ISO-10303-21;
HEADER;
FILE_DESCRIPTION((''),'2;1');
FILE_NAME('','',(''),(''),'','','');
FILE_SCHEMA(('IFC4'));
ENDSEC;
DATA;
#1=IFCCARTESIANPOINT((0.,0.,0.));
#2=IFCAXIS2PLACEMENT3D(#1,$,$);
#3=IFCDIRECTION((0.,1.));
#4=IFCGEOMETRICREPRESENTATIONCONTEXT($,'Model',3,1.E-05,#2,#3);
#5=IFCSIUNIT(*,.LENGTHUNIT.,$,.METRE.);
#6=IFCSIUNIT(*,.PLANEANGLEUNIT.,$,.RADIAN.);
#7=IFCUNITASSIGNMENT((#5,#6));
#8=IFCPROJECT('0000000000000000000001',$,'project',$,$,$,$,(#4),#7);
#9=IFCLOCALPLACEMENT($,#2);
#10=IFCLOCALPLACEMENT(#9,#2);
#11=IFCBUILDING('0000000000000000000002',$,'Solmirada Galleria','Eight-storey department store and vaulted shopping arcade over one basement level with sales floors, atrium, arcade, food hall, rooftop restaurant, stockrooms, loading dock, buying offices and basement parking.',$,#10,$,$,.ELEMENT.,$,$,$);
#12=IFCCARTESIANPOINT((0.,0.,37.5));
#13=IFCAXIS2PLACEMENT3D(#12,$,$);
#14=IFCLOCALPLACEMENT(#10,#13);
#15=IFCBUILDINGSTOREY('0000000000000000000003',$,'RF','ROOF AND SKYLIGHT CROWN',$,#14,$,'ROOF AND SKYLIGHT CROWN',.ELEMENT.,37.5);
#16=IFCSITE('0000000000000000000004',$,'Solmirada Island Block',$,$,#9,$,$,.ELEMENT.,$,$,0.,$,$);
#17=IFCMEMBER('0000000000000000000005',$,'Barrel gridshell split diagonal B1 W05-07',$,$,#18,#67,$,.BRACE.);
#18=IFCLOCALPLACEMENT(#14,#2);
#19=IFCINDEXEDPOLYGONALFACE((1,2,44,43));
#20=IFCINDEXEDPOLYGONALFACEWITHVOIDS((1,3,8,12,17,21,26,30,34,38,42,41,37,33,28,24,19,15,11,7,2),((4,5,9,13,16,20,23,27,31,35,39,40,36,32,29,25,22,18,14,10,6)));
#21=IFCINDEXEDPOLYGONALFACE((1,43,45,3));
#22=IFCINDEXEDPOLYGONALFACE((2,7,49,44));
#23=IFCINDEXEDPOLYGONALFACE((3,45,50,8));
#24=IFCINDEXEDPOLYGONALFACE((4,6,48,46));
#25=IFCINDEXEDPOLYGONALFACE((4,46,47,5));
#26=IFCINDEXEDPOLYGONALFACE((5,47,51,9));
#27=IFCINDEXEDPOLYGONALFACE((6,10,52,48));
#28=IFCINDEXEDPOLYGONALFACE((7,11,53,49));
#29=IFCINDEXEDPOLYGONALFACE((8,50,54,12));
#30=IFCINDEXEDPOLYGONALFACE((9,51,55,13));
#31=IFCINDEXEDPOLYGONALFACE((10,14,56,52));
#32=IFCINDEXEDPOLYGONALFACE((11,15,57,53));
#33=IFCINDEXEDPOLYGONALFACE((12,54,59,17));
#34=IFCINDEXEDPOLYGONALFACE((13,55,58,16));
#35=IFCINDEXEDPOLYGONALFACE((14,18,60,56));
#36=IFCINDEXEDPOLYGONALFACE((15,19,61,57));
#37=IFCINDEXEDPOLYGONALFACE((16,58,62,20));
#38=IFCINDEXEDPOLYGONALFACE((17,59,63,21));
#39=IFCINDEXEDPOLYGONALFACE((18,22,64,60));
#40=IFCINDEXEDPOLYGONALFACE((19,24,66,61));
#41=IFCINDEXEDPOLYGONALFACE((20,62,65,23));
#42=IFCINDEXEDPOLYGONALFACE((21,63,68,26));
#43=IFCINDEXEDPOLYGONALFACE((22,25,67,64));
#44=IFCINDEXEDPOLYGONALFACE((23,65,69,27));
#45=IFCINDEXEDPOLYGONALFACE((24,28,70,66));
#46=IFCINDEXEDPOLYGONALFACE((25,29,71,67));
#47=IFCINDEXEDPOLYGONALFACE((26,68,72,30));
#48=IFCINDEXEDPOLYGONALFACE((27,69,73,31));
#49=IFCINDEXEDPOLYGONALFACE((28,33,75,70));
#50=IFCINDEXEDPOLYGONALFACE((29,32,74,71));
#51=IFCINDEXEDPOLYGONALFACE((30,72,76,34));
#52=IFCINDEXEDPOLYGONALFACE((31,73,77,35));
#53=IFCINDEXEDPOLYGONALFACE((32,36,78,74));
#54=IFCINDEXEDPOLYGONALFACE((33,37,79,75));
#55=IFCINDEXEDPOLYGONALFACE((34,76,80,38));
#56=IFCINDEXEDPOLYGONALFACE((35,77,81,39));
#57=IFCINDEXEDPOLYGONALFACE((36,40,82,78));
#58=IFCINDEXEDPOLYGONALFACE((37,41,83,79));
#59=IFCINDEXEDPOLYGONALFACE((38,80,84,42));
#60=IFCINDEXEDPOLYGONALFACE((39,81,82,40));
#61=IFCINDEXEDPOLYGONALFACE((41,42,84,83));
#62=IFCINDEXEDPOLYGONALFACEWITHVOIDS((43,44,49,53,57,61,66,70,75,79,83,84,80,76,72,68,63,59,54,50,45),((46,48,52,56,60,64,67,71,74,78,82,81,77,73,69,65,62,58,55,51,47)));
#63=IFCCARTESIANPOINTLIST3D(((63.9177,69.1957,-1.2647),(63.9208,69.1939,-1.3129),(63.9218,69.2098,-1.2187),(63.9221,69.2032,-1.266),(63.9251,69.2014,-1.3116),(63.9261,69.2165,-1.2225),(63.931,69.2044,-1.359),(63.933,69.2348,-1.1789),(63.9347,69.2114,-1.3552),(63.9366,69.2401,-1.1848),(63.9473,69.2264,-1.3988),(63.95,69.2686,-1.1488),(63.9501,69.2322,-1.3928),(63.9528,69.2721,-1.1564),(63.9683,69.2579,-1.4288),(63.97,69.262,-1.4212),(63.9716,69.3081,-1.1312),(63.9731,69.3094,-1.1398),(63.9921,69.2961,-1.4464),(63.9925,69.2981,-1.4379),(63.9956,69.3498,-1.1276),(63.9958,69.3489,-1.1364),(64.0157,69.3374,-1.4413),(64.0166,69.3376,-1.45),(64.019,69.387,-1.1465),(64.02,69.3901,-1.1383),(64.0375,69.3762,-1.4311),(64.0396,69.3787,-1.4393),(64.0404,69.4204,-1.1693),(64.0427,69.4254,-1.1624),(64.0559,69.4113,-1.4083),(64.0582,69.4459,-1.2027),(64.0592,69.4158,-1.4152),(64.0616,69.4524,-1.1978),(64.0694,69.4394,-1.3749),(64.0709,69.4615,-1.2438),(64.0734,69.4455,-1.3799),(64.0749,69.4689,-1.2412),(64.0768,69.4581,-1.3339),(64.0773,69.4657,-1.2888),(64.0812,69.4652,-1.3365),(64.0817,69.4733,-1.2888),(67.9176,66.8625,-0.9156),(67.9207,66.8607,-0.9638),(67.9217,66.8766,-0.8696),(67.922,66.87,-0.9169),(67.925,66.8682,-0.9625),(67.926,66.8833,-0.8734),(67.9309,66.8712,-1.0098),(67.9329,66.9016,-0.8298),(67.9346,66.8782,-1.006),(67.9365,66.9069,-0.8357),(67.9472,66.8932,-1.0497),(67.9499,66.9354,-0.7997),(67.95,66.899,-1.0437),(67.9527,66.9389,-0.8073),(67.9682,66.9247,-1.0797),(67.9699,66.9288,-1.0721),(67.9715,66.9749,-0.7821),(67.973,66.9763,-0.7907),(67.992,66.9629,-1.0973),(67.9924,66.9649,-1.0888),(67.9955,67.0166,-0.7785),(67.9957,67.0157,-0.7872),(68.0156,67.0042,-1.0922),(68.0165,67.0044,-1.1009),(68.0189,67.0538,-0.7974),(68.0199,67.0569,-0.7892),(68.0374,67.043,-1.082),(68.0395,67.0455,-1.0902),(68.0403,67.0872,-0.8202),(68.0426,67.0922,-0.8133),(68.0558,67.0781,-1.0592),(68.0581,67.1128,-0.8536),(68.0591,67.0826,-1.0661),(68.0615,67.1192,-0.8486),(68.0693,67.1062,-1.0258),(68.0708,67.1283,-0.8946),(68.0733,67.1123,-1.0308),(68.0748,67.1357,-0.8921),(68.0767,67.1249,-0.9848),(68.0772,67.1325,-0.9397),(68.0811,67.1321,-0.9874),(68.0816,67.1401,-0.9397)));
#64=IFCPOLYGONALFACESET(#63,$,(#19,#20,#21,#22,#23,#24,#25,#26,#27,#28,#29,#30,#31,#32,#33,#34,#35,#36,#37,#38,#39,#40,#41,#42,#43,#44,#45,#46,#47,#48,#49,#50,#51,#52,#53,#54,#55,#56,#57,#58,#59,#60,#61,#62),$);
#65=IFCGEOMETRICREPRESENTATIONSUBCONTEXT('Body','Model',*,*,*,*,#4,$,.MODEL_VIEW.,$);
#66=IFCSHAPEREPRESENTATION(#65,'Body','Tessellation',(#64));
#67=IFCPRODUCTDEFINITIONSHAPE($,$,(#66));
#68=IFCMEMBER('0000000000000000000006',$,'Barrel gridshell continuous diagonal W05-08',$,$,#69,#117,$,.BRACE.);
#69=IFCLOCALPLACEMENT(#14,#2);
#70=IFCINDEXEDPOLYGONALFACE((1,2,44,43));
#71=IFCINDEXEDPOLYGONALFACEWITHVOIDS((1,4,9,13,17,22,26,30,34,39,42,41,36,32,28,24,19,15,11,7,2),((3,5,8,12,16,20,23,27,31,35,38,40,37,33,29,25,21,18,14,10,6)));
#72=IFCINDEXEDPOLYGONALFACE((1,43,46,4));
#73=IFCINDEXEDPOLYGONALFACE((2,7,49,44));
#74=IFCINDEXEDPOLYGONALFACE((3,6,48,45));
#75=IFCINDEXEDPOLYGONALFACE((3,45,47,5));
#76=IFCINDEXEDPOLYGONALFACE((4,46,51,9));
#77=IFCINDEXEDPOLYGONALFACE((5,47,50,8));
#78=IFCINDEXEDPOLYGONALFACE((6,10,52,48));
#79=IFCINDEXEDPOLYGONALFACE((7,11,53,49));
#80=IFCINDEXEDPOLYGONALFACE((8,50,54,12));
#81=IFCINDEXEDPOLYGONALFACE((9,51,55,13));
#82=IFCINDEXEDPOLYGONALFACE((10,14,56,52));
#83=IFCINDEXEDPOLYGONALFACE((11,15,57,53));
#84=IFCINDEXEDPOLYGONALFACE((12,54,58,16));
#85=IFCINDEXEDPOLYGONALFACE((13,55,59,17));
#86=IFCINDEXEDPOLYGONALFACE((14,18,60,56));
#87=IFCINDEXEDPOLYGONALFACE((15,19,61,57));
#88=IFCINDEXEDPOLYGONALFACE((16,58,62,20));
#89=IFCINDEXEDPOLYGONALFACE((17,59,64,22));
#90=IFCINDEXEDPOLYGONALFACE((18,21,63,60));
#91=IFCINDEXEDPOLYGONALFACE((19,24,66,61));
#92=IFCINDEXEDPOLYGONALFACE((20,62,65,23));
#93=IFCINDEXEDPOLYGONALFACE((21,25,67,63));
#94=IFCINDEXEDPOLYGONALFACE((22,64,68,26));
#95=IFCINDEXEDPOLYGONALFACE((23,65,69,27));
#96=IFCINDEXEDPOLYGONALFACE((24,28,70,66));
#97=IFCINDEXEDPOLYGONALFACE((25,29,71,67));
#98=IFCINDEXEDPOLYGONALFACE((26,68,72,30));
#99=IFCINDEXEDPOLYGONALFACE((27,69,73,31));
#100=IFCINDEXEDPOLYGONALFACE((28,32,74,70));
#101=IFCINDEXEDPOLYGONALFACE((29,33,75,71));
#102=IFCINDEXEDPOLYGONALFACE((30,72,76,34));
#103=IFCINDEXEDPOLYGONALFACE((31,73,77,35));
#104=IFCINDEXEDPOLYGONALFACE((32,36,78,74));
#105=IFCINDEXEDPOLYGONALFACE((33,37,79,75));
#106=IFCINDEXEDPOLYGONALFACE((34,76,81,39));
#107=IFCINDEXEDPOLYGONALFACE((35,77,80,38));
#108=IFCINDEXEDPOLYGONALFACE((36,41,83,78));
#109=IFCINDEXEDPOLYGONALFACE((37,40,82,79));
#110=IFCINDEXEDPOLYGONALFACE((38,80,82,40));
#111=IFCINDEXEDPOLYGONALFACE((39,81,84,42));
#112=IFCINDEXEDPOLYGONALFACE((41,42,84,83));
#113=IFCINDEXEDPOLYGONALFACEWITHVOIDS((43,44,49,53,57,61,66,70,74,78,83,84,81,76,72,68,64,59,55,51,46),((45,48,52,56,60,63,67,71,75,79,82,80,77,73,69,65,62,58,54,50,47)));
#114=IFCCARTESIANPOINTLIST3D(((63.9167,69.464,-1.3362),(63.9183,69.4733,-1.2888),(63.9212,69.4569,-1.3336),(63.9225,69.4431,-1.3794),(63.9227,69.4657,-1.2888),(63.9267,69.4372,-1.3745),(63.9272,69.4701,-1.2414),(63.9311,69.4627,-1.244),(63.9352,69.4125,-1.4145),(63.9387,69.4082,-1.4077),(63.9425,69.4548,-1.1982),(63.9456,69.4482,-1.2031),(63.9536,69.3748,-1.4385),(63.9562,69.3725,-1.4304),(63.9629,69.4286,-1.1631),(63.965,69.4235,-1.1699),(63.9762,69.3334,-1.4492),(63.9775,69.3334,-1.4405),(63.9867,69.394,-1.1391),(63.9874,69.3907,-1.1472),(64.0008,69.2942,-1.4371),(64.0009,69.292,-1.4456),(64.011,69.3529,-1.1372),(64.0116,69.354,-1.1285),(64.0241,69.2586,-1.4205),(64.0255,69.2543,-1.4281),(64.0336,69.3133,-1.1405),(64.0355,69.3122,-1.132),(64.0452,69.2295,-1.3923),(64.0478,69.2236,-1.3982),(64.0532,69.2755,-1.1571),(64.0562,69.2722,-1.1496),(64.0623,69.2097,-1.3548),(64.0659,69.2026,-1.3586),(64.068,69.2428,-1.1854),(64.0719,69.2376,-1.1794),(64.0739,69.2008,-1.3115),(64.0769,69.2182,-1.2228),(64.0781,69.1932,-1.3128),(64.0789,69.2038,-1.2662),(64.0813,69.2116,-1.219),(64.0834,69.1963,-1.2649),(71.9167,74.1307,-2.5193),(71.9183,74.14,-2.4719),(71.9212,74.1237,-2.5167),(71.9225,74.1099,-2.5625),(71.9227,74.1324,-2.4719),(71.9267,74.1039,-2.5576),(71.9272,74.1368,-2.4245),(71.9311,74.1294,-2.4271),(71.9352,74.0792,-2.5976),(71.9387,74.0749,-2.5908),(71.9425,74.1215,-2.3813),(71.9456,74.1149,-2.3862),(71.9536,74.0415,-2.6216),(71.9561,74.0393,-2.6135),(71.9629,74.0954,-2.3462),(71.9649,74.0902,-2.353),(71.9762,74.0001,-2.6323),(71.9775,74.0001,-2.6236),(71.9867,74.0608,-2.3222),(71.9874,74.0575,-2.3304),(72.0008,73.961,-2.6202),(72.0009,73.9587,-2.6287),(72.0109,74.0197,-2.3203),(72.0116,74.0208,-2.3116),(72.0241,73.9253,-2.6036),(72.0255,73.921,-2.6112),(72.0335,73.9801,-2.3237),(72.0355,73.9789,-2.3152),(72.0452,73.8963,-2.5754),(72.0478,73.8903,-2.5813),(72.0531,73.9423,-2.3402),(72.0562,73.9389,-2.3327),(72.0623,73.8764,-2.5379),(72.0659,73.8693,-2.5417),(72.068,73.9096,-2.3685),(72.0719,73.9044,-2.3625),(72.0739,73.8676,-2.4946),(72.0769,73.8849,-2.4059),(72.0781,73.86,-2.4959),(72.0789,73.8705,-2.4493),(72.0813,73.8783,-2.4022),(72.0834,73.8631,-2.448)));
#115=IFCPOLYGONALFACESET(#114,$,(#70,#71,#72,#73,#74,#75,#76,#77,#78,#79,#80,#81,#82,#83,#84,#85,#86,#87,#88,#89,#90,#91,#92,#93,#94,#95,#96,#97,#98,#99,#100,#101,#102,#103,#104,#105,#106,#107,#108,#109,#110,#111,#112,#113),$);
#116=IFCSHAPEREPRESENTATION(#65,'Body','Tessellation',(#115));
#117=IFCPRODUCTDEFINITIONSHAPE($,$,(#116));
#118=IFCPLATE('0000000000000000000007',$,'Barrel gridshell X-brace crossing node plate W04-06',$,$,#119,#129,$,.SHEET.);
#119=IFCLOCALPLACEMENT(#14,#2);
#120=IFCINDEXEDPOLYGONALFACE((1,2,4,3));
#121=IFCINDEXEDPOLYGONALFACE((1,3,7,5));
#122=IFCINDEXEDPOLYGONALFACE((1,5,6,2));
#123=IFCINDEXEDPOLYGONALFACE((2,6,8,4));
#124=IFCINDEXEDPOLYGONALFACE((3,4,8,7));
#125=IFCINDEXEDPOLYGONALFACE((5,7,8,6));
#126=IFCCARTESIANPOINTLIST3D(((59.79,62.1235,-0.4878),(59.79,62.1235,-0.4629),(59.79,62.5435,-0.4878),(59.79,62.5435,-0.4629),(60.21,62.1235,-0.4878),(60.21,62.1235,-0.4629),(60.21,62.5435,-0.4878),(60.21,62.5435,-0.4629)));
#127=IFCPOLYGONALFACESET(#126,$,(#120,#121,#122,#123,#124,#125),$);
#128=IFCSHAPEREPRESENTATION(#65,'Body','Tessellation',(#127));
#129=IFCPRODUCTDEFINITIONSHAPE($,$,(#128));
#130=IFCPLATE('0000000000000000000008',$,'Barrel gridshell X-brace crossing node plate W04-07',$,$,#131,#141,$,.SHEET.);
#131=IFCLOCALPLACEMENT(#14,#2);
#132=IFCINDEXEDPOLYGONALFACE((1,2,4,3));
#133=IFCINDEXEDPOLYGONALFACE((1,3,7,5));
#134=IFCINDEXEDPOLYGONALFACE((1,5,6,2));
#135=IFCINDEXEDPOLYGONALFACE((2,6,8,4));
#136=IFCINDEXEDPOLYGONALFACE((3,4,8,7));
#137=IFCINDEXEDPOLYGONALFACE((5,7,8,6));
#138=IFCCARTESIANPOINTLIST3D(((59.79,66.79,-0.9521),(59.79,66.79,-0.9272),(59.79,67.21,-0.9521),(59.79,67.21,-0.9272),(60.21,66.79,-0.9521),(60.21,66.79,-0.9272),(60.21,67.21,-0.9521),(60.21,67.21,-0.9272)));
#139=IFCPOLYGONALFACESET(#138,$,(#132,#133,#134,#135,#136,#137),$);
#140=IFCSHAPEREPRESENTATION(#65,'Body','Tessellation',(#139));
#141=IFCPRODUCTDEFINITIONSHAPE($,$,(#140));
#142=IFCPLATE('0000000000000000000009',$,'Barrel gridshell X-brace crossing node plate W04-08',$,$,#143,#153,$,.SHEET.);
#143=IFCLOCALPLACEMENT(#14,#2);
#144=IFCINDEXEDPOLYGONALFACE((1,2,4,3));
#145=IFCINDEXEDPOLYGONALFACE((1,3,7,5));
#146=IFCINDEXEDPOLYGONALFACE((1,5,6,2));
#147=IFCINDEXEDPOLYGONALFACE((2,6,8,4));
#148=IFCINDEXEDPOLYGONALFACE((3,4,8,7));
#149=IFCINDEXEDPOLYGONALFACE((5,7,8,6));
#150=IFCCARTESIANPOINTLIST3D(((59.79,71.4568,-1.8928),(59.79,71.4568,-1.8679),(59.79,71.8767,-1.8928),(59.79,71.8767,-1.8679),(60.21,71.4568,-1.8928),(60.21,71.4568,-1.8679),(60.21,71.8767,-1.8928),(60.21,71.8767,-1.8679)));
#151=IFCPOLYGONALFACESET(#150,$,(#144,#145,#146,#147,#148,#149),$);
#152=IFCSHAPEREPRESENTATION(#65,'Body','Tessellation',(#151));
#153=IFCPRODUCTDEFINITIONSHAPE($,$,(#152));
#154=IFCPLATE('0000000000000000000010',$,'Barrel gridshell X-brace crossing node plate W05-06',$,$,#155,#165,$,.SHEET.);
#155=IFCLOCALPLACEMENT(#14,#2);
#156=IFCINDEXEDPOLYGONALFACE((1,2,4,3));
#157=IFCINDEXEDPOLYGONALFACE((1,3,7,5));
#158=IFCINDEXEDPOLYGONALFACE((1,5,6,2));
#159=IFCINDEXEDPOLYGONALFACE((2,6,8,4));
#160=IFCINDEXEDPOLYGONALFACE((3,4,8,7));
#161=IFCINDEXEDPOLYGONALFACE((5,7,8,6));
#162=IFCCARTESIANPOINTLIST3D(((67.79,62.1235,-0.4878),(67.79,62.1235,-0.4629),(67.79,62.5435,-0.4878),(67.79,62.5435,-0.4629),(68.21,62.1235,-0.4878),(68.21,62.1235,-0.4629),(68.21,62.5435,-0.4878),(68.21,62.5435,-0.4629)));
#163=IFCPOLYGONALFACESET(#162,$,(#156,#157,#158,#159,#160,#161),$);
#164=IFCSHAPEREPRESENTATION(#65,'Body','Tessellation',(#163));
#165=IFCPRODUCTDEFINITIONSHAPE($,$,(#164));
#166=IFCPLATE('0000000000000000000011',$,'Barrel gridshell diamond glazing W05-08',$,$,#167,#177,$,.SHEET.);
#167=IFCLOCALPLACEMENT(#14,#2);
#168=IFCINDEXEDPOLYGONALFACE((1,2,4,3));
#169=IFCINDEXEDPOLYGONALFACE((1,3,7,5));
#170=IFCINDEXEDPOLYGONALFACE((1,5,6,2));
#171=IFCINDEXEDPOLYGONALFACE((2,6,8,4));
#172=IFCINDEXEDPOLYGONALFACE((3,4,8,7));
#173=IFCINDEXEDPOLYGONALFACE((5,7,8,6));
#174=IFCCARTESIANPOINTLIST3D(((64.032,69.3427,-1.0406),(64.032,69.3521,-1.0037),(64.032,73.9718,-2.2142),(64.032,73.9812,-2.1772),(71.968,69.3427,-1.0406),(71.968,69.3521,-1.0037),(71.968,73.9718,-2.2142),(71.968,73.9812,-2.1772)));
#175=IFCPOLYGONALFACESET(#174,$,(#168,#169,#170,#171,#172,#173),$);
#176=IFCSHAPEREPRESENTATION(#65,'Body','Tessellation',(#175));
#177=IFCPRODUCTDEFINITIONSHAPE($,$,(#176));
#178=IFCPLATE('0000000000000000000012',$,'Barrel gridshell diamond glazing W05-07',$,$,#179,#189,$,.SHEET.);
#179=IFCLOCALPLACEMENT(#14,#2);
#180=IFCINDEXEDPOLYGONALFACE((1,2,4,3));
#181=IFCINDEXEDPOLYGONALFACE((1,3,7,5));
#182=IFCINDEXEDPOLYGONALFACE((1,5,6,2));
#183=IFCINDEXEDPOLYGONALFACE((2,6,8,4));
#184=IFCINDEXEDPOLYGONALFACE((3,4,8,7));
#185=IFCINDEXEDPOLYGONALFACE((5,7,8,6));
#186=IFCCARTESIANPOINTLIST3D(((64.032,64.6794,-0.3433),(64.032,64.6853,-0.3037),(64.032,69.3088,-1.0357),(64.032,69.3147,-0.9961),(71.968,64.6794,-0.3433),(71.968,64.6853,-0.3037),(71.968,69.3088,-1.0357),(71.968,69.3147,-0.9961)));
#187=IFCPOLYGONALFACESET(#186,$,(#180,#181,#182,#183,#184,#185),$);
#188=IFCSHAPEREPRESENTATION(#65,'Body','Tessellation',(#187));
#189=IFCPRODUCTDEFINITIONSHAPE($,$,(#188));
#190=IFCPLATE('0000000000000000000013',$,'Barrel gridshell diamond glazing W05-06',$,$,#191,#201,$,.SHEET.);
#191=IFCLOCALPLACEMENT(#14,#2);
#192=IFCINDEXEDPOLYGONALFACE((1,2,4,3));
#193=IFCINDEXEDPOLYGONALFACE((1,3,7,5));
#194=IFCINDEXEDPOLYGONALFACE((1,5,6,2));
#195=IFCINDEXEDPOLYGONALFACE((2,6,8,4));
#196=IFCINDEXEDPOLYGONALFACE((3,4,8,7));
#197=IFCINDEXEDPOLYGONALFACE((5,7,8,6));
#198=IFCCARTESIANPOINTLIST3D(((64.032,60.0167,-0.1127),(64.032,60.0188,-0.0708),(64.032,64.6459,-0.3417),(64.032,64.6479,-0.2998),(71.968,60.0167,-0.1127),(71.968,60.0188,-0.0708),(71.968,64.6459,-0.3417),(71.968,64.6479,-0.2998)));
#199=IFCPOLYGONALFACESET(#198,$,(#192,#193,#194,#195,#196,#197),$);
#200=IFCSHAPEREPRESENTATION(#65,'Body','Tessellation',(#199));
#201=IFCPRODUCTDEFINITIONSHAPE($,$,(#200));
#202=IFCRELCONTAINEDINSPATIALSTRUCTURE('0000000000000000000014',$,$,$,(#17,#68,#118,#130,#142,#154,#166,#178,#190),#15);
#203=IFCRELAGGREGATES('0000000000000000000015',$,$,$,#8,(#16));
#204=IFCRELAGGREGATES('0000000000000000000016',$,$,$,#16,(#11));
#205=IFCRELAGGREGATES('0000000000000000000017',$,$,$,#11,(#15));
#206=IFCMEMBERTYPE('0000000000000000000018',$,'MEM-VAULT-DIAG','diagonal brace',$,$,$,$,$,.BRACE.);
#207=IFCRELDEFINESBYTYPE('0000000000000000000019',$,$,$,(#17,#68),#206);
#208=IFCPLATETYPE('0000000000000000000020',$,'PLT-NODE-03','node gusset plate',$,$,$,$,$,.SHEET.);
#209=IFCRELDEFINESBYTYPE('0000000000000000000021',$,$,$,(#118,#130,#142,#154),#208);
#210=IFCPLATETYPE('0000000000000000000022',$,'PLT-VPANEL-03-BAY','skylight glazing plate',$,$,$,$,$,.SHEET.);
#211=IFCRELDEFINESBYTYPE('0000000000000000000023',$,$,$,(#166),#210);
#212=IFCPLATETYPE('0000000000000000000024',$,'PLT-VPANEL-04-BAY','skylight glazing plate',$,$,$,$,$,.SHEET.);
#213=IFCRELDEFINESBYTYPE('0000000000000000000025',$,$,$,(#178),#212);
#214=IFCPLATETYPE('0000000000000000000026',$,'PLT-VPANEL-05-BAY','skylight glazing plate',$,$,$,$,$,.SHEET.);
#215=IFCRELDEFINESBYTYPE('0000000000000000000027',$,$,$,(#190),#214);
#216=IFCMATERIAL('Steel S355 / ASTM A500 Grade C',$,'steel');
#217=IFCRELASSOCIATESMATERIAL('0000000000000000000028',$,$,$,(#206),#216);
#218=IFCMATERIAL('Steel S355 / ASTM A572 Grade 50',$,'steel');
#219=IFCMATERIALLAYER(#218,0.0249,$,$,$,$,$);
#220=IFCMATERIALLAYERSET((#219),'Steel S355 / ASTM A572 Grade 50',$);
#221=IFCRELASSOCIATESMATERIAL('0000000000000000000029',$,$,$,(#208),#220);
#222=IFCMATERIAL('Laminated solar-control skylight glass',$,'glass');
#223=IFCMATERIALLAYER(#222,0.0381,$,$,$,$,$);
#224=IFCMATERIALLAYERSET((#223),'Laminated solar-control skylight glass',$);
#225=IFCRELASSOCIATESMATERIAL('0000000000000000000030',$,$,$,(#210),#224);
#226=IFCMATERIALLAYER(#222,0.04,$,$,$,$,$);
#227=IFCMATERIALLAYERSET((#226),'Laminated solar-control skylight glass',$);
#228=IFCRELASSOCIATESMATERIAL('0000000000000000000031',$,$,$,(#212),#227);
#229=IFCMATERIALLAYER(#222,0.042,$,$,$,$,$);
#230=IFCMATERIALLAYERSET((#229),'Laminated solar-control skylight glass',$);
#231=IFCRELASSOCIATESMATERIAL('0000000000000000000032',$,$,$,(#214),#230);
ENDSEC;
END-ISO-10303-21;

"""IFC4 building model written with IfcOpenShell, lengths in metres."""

from ifc_helpers import new_model, si_unit, direction, frame, origin, origin_2d, place, context, subcontext, project, spatial, polyline, rectangle, hollow_circle, outline, extrude, material, layer, layer_set, material_profile, profile_set, type_object, element, save


model = new_model("IFC4")

# Units and contexts
model_context = context("Model", 3, precision=1e-05, world=origin(), true_north=direction((0.0, 1.0)))
body_context = subcontext(model_context, "Body", "Model", "MODEL_VIEW")
ifc_project = project(units=[si_unit("LENGTHUNIT", "METRE"), si_unit("PLANEANGLEUNIT", "RADIAN")], contexts=[model_context])

# Site, building, storey
site_placement = place(None, origin())
site = spatial("IfcSite", under=ifc_project, at=site_placement, Name="Solmirada Island Block", CompositionType="ELEMENT", RefElevation=0.0)
building_placement = place(site_placement, origin())
building = spatial("IfcBuilding", under=site, at=building_placement, Name="Solmirada Galleria", Description="Eight-storey department store and vaulted shopping arcade over one basement level with sales floors, atrium, arcade, food hall, rooftop restaurant, stockrooms, loading dock, buying offices and basement parking.", CompositionType="ELEMENT")
storey_placement = place(building_placement, frame((0.0, 0.0, 37.5)))
storey = spatial("IfcBuildingStorey", under=building, at=storey_placement, Name="RF", Description="ROOF AND SKYLIGHT CROWN", LongName="ROOF AND SKYLIGHT CROWN", CompositionType="ELEMENT", Elevation=37.5)

# Members
ifc_material_1 = material(Name="Steel S355 / ASTM A500 Grade C", Category="steel")
ifc_material_profile_1 = material_profile(ifc_material_1, hollow_circle(Radius=0.1621, WallThickness=0.0088, at=origin_2d()), Name="HSS12.750X0.375")
ifc_profile_set_1 = profile_set([ifc_material_profile_1], Name="Steel S355 / ASTM A500 Grade C")
member_type_1 = type_object("IfcMemberType", Name="MEM-VAULT-DIAG", Description="diagonal brace", PredefinedType="BRACE", material=ifc_profile_set_1)
member_1_placement = place(storey_placement, frame((64.0, 69.3333, -1.2888), z_axis=(0.861342, -0.502432, 0.075178), x_axis=(0.503858, 0.863787, 0.0)))
element("IfcMember", 1, at=member_1_placement, inside=storey, type_object=member_type_1, Name="Barrel gridshell split diagonal B1 W05-07", PredefinedType="BRACE", context=body_context, shape_type="SweptSolid", body=[
    extrude(hollow_circle(Radius=0.1621, WallThickness=0.0088, at=origin_2d()), origin(), (0.0, 0.0, 1.0), 4.6438),
])
member_2_placement = place(storey_placement, frame((64.0, 69.3333, -1.2888), z_axis=(0.856813, 0.499816, -0.126712), x_axis=(-0.503878, 0.863775, 0.0)))
element("IfcMember", 2, at=member_2_placement, inside=storey, type_object=member_type_1, Name="Barrel gridshell continuous diagonal W05-08", PredefinedType="BRACE", context=body_context, shape_type="SweptSolid", body=[
    extrude(hollow_circle(Radius=0.1621, WallThickness=0.0088, at=origin_2d()), origin(), (0.0, 0.0, 1.0), 9.3369),
])

# Plates
ifc_material_2 = material(Name="Steel S355 / ASTM A572 Grade 50", Category="steel")
ifc_layer_1 = layer(ifc_material_2, 0.0249)
ifc_layer_set_1 = layer_set([ifc_layer_1], Name="Steel S355 / ASTM A572 Grade 50")
plate_type_1 = type_object("IfcPlateType", Name="PLT-NODE-03", Description="node gusset plate", PredefinedType="SHEET", material=ifc_layer_set_1)
for number, where, z_axis, x_axis, name in (
    (3, (60.0, 62.3335, -0.4878), (0.0, 0.0, 1.0), (1.0, 0.0, 0.0), "Barrel gridshell X-brace crossing node plate W04-06"),
    (4, (60.0, 67.0, -0.9521), (0.0, 0.0, 1.0), (1.0, 0.0, 0.0), "Barrel gridshell X-brace crossing node plate W04-07"),
    (5, (60.0, 71.6667, -1.8928), (0.0, 0.0, 1.0), (1.0, 0.0, 0.0), "Barrel gridshell X-brace crossing node plate W04-08"),
    (6, (68.0, 62.3335, -0.4878), (0.0, 0.0, 1.0), (1.0, 0.0, 0.0), "Barrel gridshell X-brace crossing node plate W05-06"),
):
    element("IfcPlate", number, at=place(storey_placement, frame(where, z_axis=z_axis, x_axis=x_axis)), inside=storey, type_object=plate_type_1, Name=name, PredefinedType="SHEET", context=body_context, shape_type="SweptSolid", body=[
        extrude(rectangle(XDim=0.4199, YDim=0.4199, at=origin_2d()), origin(), (0.0, 0.0, 1.0), 0.0249),
    ])
ifc_material_3 = material(Name="Laminated solar-control skylight glass", Category="glass")
ifc_layer_2 = layer(ifc_material_3, 0.0381)
ifc_layer_set_2 = layer_set([ifc_layer_2], Name="Laminated solar-control skylight glass")
plate_type_2 = type_object("IfcPlateType", Name="PLT-VPANEL-03-BAY", Description="skylight glazing plate", PredefinedType="SHEET", material=ifc_layer_set_2)
plate_1_placement = place(storey_placement, frame((64.032, 69.3521, -1.0037), z_axis=(0.0, 0.245746, 0.969334), x_axis=(1.0, 0.0, 0.0)))
element("IfcPlate", 7, at=plate_1_placement, inside=storey, type_object=plate_type_2, Name="Barrel gridshell diamond glazing W05-08", PredefinedType="SHEET", context=body_context, shape_type="SweptSolid", body=[
    extrude(outline(polyline([(0.0, 0.0), (7.936, 0.0), (7.936, 4.7756), (0.0, 4.7756), (0.0, 0.0)])), origin(), (0.0, 0.0, -1.0), 0.0381),
])
ifc_layer_3 = layer(ifc_material_3, 0.04)
ifc_layer_set_3 = layer_set([ifc_layer_3], Name="Laminated solar-control skylight glass")
plate_type_3 = type_object("IfcPlateType", Name="PLT-VPANEL-04-BAY", Description="skylight glazing plate", PredefinedType="SHEET", material=ifc_layer_set_3)
plate_2_placement = place(storey_placement, frame((64.032, 64.6853, -0.3037), z_axis=(0.0, 0.147917, 0.989), x_axis=(1.0, 0.0, 0.0)))
element("IfcPlate", 8, at=plate_2_placement, inside=storey, type_object=plate_type_3, Name="Barrel gridshell diamond glazing W05-07", PredefinedType="SHEET", context=body_context, shape_type="SweptSolid", body=[
    extrude(outline(polyline([(0.0, 0.0), (7.936, 0.0), (7.936, 4.6809), (0.0, 4.6809), (0.0, 0.0)])), origin(), (0.0, 0.0, -1.0), 0.04),
])
ifc_layer_4 = layer(ifc_material_3, 0.042)
ifc_layer_set_4 = layer_set([ifc_layer_4], Name="Laminated solar-control skylight glass")
plate_type_4 = type_object("IfcPlateType", Name="PLT-VPANEL-05-BAY", Description="skylight glazing plate", PredefinedType="SHEET", material=ifc_layer_set_4)
plate_3_placement = place(storey_placement, frame((64.032, 60.0188, -0.0708), z_axis=(0.0, 0.04941, 0.998779), x_axis=(1.0, 0.0, 0.0)))
element("IfcPlate", 9, at=plate_3_placement, inside=storey, type_object=plate_type_4, Name="Barrel gridshell diamond glazing W05-06", PredefinedType="SHEET", context=body_context, shape_type="SweptSolid", body=[
    extrude(outline(polyline([(0.0, 0.0), (7.936, 0.0), (7.936, 4.6348), (0.0, 4.6348), (0.0, 0.0)])), origin(), (0.0, 0.0, -1.0), 0.042),
])

save(model, "model.ifc")
